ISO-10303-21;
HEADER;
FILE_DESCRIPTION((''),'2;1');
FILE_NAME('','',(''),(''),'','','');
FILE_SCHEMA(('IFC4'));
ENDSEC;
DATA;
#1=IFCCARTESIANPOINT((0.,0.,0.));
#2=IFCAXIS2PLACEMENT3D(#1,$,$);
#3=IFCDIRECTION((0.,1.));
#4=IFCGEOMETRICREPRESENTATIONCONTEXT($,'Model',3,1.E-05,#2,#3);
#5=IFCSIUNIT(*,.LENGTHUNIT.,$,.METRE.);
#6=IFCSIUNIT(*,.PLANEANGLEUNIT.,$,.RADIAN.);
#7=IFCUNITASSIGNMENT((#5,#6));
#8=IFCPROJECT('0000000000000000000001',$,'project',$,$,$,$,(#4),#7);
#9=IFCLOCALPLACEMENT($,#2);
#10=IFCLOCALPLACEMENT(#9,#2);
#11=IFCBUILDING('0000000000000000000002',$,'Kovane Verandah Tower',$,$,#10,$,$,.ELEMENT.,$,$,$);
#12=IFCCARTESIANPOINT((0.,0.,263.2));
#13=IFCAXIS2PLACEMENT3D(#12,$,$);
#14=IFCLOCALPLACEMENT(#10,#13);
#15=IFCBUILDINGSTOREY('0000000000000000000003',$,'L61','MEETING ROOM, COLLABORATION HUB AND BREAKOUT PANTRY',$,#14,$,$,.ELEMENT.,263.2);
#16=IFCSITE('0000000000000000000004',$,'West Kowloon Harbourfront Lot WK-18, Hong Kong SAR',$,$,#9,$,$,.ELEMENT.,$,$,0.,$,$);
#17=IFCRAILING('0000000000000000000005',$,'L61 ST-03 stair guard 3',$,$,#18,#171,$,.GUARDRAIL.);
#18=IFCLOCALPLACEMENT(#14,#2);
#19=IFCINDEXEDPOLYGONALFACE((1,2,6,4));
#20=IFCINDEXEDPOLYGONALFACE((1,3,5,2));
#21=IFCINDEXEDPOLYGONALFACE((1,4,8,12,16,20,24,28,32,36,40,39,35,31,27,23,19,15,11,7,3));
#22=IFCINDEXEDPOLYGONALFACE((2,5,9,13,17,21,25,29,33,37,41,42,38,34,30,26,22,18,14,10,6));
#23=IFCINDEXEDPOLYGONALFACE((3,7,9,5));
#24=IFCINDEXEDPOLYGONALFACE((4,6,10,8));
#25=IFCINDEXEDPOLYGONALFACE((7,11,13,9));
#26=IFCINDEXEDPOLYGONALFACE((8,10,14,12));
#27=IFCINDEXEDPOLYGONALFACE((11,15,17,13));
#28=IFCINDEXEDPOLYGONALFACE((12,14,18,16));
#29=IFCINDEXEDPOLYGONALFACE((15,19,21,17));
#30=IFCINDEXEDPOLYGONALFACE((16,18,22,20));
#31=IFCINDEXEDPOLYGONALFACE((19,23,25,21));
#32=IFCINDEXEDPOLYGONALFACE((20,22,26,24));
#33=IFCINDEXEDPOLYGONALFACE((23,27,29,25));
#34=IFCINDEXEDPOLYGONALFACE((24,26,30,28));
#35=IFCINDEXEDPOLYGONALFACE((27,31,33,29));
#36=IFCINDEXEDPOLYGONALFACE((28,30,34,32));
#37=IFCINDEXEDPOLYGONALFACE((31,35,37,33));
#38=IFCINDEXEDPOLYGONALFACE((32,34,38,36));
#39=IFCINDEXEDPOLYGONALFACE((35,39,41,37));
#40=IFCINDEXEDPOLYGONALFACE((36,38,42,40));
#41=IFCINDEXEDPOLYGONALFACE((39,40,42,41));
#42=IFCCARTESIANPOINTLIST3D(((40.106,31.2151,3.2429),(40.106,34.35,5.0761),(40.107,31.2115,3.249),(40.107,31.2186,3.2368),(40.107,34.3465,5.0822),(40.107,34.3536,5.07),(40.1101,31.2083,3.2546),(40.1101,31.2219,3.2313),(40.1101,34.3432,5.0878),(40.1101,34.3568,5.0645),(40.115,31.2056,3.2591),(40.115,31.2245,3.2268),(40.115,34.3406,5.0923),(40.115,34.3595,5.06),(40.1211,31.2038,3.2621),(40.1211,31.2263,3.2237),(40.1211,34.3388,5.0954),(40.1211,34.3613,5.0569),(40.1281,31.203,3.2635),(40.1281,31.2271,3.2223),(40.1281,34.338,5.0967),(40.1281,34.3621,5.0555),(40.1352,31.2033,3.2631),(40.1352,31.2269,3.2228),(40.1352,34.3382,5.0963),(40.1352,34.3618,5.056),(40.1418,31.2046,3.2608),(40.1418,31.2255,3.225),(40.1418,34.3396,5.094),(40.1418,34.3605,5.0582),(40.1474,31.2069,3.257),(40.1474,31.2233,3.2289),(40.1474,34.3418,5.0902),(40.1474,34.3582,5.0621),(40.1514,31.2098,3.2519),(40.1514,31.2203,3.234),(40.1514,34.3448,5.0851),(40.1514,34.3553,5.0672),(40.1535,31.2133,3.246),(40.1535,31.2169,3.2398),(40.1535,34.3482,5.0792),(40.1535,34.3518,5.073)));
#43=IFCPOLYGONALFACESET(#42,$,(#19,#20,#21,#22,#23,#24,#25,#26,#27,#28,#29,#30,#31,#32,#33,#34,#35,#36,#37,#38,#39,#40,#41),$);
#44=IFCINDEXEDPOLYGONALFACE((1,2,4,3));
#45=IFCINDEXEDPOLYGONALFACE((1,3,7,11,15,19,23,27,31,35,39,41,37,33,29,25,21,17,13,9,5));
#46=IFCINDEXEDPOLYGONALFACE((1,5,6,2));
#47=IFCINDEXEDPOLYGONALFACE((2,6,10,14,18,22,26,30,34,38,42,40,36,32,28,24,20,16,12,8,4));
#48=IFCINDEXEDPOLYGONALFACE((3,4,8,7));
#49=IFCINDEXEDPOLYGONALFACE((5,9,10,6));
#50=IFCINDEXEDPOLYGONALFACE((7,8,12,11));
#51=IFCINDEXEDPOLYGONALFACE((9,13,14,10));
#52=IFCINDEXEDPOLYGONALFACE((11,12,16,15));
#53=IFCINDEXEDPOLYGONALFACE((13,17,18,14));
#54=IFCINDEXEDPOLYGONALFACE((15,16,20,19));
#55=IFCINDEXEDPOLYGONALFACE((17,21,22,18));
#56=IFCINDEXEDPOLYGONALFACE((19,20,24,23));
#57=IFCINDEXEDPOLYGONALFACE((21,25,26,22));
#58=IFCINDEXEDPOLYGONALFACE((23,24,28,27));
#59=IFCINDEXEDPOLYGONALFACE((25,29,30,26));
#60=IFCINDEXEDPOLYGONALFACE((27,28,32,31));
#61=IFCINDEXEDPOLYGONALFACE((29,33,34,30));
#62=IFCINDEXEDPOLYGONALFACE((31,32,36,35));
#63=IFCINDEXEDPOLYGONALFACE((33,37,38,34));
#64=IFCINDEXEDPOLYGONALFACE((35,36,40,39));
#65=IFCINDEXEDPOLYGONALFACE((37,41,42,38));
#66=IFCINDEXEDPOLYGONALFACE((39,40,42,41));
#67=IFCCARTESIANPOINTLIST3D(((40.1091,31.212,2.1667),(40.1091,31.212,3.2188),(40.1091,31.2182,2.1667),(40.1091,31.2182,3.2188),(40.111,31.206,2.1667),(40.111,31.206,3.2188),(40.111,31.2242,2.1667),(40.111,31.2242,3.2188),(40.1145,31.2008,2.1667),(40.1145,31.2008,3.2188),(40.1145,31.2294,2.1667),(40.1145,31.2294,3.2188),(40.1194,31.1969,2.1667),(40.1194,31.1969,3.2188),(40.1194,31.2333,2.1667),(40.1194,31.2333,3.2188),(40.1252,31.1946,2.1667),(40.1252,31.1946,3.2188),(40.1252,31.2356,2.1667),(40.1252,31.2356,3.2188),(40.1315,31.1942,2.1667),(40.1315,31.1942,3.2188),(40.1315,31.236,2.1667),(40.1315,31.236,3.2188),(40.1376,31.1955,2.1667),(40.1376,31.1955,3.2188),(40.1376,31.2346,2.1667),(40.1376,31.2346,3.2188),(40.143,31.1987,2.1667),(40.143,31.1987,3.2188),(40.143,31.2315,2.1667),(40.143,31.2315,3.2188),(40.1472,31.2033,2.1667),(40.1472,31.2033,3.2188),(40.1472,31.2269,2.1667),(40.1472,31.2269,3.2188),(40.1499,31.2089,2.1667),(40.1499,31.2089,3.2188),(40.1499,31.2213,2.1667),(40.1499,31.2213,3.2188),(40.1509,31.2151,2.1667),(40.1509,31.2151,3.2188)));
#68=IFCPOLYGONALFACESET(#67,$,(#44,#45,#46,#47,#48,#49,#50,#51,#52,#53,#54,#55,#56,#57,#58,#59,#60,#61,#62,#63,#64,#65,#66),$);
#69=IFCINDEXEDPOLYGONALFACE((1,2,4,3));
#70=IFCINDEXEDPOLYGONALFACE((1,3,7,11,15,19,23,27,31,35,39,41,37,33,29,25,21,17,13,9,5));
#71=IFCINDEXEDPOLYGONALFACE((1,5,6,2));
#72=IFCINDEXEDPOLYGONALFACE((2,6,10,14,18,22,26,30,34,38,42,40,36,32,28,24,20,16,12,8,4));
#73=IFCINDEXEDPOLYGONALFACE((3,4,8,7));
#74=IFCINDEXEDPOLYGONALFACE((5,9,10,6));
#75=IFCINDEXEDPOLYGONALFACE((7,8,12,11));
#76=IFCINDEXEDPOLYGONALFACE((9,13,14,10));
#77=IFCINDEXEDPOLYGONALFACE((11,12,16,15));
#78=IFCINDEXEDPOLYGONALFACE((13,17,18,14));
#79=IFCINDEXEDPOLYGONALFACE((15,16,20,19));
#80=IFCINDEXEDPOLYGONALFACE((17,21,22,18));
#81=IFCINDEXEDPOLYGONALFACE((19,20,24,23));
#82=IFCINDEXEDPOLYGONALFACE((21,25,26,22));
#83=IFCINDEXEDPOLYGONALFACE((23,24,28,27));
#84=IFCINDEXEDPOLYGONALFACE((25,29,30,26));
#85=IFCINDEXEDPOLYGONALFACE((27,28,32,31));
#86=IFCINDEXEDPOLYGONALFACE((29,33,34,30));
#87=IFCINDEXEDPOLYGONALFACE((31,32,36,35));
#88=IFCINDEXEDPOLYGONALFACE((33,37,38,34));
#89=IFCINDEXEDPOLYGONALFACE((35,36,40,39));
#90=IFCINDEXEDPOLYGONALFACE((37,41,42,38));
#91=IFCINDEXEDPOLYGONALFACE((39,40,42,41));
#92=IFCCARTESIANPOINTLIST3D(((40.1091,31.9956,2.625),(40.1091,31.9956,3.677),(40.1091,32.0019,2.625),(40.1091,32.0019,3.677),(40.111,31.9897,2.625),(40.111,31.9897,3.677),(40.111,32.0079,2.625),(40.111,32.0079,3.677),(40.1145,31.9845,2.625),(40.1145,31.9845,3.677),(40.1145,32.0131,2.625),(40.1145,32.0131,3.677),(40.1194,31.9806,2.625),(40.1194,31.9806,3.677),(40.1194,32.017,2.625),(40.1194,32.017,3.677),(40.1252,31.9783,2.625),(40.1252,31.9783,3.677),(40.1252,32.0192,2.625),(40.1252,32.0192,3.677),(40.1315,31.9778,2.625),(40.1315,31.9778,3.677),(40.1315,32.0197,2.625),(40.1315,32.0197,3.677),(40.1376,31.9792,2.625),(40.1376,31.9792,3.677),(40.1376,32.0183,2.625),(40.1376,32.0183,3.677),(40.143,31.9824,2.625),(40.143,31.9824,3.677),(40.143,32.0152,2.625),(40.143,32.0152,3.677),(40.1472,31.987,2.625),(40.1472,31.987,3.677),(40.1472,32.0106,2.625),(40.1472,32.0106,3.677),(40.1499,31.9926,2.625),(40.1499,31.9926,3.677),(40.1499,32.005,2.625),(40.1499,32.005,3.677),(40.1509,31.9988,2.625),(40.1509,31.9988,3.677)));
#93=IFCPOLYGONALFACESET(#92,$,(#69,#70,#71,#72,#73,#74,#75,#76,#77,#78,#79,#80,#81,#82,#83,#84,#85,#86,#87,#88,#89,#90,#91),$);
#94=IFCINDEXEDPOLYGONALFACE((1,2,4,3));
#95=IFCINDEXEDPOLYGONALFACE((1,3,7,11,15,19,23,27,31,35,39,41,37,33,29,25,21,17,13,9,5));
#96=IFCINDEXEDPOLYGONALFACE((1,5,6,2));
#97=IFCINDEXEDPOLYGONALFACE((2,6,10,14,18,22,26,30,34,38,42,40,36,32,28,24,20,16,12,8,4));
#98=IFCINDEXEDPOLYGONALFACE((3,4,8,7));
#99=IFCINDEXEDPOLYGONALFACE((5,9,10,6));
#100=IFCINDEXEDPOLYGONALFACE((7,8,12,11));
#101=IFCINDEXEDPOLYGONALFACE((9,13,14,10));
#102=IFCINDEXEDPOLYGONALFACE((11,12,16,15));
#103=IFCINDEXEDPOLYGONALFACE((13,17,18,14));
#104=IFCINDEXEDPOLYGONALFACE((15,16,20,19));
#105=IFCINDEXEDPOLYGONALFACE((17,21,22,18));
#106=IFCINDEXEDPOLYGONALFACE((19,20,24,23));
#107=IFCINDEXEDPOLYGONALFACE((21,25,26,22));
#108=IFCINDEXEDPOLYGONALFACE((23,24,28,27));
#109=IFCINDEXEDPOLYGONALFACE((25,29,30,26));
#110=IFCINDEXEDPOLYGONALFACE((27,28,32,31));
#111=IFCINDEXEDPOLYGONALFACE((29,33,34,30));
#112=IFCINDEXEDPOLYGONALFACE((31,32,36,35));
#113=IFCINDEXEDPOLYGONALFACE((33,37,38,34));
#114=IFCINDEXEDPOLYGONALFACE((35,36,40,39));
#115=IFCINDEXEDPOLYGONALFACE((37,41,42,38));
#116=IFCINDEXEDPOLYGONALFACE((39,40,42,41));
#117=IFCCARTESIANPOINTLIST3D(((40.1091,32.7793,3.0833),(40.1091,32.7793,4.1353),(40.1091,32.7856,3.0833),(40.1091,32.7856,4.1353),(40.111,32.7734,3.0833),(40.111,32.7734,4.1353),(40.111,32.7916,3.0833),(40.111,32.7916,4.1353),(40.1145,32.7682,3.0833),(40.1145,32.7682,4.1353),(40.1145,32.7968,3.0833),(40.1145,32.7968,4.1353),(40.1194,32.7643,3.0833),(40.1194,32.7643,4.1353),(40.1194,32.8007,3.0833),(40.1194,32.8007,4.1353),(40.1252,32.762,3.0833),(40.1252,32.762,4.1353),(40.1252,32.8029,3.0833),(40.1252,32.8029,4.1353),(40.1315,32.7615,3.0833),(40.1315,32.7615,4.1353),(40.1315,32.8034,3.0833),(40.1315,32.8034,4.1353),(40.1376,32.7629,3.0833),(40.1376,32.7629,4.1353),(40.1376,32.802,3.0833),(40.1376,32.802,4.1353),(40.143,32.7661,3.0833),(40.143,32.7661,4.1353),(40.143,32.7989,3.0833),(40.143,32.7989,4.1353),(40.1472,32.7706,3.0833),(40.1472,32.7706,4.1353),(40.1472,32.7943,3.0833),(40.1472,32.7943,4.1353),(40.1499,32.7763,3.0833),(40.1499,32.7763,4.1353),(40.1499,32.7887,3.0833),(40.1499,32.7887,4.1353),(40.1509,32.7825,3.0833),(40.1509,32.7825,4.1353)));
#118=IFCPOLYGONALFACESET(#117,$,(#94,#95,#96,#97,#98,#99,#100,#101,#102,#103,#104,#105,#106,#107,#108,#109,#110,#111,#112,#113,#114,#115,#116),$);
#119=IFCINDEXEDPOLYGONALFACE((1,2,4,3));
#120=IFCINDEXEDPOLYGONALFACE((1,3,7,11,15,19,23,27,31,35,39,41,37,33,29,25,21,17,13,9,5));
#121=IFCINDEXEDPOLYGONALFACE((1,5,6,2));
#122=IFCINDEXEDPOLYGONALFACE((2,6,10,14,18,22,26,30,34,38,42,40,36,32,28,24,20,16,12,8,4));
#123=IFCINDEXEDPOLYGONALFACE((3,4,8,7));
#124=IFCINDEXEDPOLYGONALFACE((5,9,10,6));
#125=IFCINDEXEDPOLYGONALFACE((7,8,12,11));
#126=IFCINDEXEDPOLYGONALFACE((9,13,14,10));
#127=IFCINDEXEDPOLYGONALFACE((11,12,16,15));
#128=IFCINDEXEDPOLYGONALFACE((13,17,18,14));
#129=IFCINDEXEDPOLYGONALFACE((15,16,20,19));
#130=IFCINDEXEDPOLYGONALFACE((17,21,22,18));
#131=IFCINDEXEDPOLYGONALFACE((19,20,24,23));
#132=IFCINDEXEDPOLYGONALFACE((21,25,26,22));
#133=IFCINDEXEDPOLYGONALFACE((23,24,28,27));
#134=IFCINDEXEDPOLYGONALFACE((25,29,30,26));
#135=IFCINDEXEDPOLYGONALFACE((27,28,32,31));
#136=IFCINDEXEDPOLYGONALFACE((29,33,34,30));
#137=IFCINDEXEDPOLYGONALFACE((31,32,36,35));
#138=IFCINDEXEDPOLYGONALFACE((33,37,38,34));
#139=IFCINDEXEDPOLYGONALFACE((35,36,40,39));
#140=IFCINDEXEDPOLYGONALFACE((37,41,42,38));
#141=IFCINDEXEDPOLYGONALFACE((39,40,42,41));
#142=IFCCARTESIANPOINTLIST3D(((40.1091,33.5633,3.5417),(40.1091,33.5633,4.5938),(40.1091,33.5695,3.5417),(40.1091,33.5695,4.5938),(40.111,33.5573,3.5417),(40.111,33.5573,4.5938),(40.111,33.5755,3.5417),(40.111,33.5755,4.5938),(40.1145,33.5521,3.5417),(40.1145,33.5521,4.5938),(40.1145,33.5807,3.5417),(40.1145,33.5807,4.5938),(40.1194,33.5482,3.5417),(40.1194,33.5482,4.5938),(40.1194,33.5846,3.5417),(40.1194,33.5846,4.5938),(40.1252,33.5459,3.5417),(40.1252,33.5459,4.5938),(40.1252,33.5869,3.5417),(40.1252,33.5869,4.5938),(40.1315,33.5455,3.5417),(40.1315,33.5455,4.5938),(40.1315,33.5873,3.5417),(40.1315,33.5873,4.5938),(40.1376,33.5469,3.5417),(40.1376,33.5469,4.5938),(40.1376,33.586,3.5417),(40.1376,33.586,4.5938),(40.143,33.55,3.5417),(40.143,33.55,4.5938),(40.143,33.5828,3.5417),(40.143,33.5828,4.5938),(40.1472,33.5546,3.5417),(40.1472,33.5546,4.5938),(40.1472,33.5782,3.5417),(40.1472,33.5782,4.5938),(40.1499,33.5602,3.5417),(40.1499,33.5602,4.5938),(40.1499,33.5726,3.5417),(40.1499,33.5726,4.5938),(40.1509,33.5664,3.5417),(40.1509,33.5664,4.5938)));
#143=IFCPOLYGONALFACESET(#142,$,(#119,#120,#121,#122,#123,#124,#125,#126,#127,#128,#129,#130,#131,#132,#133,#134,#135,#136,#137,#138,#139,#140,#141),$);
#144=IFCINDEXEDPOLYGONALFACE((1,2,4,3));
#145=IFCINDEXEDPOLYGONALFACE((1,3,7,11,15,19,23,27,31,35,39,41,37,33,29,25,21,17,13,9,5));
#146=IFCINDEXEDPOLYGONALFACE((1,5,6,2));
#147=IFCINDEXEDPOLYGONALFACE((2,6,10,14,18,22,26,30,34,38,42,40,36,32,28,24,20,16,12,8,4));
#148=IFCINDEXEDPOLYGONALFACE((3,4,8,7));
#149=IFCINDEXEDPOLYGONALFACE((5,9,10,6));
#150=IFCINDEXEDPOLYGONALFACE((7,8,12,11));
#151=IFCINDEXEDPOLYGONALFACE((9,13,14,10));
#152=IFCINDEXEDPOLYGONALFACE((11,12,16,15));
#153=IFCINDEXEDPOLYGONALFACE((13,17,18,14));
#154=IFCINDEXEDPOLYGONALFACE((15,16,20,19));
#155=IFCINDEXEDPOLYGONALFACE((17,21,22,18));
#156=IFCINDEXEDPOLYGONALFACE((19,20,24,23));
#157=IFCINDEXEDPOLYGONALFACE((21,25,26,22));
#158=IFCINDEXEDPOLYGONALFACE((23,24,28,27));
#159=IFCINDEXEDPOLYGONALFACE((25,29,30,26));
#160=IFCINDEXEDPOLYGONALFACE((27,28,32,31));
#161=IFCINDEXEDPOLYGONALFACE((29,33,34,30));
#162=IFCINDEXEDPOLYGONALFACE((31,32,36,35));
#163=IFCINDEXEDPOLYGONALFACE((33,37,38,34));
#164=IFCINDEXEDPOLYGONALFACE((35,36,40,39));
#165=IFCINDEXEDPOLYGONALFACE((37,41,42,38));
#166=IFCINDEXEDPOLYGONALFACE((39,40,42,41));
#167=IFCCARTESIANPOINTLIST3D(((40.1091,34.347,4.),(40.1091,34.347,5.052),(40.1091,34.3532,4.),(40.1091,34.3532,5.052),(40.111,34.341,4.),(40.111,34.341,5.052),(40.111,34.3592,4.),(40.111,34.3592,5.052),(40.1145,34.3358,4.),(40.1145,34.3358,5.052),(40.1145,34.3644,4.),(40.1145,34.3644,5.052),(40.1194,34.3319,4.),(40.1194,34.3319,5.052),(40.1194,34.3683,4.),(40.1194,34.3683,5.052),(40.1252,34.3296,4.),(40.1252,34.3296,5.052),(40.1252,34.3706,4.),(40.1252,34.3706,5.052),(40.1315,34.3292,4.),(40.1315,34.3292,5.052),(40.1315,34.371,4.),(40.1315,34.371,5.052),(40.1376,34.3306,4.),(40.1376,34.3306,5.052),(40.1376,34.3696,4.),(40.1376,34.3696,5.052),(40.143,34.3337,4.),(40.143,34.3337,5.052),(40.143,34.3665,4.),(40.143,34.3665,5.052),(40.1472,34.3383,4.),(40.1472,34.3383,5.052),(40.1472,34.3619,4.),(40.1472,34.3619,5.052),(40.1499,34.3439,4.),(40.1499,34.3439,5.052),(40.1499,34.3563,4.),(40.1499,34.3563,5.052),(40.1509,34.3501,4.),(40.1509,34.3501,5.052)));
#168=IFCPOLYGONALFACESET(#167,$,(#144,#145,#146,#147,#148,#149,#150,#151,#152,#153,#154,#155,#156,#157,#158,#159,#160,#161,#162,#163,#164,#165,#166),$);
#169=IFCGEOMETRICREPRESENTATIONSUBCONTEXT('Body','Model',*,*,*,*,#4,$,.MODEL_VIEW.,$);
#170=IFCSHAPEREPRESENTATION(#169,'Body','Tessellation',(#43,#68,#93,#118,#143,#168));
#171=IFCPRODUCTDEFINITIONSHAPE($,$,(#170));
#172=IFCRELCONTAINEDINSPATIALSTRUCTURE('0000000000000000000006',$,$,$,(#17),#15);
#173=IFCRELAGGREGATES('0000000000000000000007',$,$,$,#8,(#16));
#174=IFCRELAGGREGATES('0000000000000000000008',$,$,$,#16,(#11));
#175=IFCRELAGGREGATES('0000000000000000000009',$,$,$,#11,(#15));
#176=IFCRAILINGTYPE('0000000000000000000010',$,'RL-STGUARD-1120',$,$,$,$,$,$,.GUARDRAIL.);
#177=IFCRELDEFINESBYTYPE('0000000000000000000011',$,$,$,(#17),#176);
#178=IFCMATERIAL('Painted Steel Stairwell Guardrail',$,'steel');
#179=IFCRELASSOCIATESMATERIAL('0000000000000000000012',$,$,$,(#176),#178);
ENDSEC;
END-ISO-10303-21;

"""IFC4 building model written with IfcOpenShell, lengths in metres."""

from ifc_helpers import new_model, si_unit, direction, frame, origin, origin_2d, place, context, subcontext, project, spatial, circle, extrude, material, type_object, element, save


model = new_model("IFC4")

# Units and contexts
model_context = context("Model", 3, precision=1e-05, world=origin(), true_north=direction((0.0, 1.0)))
body_context = subcontext(model_context, "Body", "Model", "MODEL_VIEW")
ifc_project = project(units=[si_unit("LENGTHUNIT", "METRE"), si_unit("PLANEANGLEUNIT", "RADIAN")], contexts=[model_context])

# Site, building, storey
site_placement = place(None, origin())
site = spatial("IfcSite", under=ifc_project, at=site_placement, Name="West Kowloon Harbourfront Lot WK-18, Hong Kong SAR", CompositionType="ELEMENT", RefElevation=0.0)
building_placement = place(site_placement, origin())
building = spatial("IfcBuilding", under=site, at=building_placement, Name="Kovane Verandah Tower", CompositionType="ELEMENT")
storey_placement = place(building_placement, frame((0.0, 0.0, 263.2)))
storey = spatial("IfcBuildingStorey", under=building, at=storey_placement, Name="L61", Description="MEETING ROOM, COLLABORATION HUB AND BREAKOUT PANTRY", CompositionType="ELEMENT", Elevation=263.2)

# Railing
ifc_material_1 = material(Name="Painted Steel Stairwell Guardrail", Category="steel")
railing_type_1 = type_object("IfcRailingType", Name="RL-STGUARD-1120", PredefinedType="GUARDRAIL", material=ifc_material_1)
railing_1_placement = place(storey_placement, frame((40.1299, 31.2151, 2.1667)))
element("IfcRailing", 1, at=railing_1_placement, inside=storey, type_object=railing_type_1, Name="L61 ST-03 stair guard 3", PredefinedType="GUARDRAIL", context=body_context, shape_type="SweptSolid", body=[
    extrude(circle(Radius=0.0239, at=origin_2d()), frame((0.0, 0.0, 1.0762), z_axis=(0.0, 0.86324, 0.504794), x_axis=(-1.0, 0.0, 0.0)), (0.0, 0.0, 1.0), 3.6316),
    extrude(circle(Radius=0.021, at=origin_2d()), origin(), (0.0, 0.0, 1.0), 1.052),
    extrude(circle(Radius=0.021, at=origin_2d()), frame((0.0, 0.7837, 0.4583)), (0.0, 0.0, 1.0), 1.052),
    extrude(circle(Radius=0.021, at=origin_2d()), frame((0.0, 1.5674, 0.9165)), (0.0, 0.0, 1.0), 1.052),
    extrude(circle(Radius=0.021, at=origin_2d()), frame((0.0, 2.3513, 1.375)), (0.0, 0.0, 1.0), 1.052),
    extrude(circle(Radius=0.021, at=origin_2d()), frame((0.0, 3.135, 1.8333)), (0.0, 0.0, 1.0), 1.052),
])

save(model, "model.ifc")
